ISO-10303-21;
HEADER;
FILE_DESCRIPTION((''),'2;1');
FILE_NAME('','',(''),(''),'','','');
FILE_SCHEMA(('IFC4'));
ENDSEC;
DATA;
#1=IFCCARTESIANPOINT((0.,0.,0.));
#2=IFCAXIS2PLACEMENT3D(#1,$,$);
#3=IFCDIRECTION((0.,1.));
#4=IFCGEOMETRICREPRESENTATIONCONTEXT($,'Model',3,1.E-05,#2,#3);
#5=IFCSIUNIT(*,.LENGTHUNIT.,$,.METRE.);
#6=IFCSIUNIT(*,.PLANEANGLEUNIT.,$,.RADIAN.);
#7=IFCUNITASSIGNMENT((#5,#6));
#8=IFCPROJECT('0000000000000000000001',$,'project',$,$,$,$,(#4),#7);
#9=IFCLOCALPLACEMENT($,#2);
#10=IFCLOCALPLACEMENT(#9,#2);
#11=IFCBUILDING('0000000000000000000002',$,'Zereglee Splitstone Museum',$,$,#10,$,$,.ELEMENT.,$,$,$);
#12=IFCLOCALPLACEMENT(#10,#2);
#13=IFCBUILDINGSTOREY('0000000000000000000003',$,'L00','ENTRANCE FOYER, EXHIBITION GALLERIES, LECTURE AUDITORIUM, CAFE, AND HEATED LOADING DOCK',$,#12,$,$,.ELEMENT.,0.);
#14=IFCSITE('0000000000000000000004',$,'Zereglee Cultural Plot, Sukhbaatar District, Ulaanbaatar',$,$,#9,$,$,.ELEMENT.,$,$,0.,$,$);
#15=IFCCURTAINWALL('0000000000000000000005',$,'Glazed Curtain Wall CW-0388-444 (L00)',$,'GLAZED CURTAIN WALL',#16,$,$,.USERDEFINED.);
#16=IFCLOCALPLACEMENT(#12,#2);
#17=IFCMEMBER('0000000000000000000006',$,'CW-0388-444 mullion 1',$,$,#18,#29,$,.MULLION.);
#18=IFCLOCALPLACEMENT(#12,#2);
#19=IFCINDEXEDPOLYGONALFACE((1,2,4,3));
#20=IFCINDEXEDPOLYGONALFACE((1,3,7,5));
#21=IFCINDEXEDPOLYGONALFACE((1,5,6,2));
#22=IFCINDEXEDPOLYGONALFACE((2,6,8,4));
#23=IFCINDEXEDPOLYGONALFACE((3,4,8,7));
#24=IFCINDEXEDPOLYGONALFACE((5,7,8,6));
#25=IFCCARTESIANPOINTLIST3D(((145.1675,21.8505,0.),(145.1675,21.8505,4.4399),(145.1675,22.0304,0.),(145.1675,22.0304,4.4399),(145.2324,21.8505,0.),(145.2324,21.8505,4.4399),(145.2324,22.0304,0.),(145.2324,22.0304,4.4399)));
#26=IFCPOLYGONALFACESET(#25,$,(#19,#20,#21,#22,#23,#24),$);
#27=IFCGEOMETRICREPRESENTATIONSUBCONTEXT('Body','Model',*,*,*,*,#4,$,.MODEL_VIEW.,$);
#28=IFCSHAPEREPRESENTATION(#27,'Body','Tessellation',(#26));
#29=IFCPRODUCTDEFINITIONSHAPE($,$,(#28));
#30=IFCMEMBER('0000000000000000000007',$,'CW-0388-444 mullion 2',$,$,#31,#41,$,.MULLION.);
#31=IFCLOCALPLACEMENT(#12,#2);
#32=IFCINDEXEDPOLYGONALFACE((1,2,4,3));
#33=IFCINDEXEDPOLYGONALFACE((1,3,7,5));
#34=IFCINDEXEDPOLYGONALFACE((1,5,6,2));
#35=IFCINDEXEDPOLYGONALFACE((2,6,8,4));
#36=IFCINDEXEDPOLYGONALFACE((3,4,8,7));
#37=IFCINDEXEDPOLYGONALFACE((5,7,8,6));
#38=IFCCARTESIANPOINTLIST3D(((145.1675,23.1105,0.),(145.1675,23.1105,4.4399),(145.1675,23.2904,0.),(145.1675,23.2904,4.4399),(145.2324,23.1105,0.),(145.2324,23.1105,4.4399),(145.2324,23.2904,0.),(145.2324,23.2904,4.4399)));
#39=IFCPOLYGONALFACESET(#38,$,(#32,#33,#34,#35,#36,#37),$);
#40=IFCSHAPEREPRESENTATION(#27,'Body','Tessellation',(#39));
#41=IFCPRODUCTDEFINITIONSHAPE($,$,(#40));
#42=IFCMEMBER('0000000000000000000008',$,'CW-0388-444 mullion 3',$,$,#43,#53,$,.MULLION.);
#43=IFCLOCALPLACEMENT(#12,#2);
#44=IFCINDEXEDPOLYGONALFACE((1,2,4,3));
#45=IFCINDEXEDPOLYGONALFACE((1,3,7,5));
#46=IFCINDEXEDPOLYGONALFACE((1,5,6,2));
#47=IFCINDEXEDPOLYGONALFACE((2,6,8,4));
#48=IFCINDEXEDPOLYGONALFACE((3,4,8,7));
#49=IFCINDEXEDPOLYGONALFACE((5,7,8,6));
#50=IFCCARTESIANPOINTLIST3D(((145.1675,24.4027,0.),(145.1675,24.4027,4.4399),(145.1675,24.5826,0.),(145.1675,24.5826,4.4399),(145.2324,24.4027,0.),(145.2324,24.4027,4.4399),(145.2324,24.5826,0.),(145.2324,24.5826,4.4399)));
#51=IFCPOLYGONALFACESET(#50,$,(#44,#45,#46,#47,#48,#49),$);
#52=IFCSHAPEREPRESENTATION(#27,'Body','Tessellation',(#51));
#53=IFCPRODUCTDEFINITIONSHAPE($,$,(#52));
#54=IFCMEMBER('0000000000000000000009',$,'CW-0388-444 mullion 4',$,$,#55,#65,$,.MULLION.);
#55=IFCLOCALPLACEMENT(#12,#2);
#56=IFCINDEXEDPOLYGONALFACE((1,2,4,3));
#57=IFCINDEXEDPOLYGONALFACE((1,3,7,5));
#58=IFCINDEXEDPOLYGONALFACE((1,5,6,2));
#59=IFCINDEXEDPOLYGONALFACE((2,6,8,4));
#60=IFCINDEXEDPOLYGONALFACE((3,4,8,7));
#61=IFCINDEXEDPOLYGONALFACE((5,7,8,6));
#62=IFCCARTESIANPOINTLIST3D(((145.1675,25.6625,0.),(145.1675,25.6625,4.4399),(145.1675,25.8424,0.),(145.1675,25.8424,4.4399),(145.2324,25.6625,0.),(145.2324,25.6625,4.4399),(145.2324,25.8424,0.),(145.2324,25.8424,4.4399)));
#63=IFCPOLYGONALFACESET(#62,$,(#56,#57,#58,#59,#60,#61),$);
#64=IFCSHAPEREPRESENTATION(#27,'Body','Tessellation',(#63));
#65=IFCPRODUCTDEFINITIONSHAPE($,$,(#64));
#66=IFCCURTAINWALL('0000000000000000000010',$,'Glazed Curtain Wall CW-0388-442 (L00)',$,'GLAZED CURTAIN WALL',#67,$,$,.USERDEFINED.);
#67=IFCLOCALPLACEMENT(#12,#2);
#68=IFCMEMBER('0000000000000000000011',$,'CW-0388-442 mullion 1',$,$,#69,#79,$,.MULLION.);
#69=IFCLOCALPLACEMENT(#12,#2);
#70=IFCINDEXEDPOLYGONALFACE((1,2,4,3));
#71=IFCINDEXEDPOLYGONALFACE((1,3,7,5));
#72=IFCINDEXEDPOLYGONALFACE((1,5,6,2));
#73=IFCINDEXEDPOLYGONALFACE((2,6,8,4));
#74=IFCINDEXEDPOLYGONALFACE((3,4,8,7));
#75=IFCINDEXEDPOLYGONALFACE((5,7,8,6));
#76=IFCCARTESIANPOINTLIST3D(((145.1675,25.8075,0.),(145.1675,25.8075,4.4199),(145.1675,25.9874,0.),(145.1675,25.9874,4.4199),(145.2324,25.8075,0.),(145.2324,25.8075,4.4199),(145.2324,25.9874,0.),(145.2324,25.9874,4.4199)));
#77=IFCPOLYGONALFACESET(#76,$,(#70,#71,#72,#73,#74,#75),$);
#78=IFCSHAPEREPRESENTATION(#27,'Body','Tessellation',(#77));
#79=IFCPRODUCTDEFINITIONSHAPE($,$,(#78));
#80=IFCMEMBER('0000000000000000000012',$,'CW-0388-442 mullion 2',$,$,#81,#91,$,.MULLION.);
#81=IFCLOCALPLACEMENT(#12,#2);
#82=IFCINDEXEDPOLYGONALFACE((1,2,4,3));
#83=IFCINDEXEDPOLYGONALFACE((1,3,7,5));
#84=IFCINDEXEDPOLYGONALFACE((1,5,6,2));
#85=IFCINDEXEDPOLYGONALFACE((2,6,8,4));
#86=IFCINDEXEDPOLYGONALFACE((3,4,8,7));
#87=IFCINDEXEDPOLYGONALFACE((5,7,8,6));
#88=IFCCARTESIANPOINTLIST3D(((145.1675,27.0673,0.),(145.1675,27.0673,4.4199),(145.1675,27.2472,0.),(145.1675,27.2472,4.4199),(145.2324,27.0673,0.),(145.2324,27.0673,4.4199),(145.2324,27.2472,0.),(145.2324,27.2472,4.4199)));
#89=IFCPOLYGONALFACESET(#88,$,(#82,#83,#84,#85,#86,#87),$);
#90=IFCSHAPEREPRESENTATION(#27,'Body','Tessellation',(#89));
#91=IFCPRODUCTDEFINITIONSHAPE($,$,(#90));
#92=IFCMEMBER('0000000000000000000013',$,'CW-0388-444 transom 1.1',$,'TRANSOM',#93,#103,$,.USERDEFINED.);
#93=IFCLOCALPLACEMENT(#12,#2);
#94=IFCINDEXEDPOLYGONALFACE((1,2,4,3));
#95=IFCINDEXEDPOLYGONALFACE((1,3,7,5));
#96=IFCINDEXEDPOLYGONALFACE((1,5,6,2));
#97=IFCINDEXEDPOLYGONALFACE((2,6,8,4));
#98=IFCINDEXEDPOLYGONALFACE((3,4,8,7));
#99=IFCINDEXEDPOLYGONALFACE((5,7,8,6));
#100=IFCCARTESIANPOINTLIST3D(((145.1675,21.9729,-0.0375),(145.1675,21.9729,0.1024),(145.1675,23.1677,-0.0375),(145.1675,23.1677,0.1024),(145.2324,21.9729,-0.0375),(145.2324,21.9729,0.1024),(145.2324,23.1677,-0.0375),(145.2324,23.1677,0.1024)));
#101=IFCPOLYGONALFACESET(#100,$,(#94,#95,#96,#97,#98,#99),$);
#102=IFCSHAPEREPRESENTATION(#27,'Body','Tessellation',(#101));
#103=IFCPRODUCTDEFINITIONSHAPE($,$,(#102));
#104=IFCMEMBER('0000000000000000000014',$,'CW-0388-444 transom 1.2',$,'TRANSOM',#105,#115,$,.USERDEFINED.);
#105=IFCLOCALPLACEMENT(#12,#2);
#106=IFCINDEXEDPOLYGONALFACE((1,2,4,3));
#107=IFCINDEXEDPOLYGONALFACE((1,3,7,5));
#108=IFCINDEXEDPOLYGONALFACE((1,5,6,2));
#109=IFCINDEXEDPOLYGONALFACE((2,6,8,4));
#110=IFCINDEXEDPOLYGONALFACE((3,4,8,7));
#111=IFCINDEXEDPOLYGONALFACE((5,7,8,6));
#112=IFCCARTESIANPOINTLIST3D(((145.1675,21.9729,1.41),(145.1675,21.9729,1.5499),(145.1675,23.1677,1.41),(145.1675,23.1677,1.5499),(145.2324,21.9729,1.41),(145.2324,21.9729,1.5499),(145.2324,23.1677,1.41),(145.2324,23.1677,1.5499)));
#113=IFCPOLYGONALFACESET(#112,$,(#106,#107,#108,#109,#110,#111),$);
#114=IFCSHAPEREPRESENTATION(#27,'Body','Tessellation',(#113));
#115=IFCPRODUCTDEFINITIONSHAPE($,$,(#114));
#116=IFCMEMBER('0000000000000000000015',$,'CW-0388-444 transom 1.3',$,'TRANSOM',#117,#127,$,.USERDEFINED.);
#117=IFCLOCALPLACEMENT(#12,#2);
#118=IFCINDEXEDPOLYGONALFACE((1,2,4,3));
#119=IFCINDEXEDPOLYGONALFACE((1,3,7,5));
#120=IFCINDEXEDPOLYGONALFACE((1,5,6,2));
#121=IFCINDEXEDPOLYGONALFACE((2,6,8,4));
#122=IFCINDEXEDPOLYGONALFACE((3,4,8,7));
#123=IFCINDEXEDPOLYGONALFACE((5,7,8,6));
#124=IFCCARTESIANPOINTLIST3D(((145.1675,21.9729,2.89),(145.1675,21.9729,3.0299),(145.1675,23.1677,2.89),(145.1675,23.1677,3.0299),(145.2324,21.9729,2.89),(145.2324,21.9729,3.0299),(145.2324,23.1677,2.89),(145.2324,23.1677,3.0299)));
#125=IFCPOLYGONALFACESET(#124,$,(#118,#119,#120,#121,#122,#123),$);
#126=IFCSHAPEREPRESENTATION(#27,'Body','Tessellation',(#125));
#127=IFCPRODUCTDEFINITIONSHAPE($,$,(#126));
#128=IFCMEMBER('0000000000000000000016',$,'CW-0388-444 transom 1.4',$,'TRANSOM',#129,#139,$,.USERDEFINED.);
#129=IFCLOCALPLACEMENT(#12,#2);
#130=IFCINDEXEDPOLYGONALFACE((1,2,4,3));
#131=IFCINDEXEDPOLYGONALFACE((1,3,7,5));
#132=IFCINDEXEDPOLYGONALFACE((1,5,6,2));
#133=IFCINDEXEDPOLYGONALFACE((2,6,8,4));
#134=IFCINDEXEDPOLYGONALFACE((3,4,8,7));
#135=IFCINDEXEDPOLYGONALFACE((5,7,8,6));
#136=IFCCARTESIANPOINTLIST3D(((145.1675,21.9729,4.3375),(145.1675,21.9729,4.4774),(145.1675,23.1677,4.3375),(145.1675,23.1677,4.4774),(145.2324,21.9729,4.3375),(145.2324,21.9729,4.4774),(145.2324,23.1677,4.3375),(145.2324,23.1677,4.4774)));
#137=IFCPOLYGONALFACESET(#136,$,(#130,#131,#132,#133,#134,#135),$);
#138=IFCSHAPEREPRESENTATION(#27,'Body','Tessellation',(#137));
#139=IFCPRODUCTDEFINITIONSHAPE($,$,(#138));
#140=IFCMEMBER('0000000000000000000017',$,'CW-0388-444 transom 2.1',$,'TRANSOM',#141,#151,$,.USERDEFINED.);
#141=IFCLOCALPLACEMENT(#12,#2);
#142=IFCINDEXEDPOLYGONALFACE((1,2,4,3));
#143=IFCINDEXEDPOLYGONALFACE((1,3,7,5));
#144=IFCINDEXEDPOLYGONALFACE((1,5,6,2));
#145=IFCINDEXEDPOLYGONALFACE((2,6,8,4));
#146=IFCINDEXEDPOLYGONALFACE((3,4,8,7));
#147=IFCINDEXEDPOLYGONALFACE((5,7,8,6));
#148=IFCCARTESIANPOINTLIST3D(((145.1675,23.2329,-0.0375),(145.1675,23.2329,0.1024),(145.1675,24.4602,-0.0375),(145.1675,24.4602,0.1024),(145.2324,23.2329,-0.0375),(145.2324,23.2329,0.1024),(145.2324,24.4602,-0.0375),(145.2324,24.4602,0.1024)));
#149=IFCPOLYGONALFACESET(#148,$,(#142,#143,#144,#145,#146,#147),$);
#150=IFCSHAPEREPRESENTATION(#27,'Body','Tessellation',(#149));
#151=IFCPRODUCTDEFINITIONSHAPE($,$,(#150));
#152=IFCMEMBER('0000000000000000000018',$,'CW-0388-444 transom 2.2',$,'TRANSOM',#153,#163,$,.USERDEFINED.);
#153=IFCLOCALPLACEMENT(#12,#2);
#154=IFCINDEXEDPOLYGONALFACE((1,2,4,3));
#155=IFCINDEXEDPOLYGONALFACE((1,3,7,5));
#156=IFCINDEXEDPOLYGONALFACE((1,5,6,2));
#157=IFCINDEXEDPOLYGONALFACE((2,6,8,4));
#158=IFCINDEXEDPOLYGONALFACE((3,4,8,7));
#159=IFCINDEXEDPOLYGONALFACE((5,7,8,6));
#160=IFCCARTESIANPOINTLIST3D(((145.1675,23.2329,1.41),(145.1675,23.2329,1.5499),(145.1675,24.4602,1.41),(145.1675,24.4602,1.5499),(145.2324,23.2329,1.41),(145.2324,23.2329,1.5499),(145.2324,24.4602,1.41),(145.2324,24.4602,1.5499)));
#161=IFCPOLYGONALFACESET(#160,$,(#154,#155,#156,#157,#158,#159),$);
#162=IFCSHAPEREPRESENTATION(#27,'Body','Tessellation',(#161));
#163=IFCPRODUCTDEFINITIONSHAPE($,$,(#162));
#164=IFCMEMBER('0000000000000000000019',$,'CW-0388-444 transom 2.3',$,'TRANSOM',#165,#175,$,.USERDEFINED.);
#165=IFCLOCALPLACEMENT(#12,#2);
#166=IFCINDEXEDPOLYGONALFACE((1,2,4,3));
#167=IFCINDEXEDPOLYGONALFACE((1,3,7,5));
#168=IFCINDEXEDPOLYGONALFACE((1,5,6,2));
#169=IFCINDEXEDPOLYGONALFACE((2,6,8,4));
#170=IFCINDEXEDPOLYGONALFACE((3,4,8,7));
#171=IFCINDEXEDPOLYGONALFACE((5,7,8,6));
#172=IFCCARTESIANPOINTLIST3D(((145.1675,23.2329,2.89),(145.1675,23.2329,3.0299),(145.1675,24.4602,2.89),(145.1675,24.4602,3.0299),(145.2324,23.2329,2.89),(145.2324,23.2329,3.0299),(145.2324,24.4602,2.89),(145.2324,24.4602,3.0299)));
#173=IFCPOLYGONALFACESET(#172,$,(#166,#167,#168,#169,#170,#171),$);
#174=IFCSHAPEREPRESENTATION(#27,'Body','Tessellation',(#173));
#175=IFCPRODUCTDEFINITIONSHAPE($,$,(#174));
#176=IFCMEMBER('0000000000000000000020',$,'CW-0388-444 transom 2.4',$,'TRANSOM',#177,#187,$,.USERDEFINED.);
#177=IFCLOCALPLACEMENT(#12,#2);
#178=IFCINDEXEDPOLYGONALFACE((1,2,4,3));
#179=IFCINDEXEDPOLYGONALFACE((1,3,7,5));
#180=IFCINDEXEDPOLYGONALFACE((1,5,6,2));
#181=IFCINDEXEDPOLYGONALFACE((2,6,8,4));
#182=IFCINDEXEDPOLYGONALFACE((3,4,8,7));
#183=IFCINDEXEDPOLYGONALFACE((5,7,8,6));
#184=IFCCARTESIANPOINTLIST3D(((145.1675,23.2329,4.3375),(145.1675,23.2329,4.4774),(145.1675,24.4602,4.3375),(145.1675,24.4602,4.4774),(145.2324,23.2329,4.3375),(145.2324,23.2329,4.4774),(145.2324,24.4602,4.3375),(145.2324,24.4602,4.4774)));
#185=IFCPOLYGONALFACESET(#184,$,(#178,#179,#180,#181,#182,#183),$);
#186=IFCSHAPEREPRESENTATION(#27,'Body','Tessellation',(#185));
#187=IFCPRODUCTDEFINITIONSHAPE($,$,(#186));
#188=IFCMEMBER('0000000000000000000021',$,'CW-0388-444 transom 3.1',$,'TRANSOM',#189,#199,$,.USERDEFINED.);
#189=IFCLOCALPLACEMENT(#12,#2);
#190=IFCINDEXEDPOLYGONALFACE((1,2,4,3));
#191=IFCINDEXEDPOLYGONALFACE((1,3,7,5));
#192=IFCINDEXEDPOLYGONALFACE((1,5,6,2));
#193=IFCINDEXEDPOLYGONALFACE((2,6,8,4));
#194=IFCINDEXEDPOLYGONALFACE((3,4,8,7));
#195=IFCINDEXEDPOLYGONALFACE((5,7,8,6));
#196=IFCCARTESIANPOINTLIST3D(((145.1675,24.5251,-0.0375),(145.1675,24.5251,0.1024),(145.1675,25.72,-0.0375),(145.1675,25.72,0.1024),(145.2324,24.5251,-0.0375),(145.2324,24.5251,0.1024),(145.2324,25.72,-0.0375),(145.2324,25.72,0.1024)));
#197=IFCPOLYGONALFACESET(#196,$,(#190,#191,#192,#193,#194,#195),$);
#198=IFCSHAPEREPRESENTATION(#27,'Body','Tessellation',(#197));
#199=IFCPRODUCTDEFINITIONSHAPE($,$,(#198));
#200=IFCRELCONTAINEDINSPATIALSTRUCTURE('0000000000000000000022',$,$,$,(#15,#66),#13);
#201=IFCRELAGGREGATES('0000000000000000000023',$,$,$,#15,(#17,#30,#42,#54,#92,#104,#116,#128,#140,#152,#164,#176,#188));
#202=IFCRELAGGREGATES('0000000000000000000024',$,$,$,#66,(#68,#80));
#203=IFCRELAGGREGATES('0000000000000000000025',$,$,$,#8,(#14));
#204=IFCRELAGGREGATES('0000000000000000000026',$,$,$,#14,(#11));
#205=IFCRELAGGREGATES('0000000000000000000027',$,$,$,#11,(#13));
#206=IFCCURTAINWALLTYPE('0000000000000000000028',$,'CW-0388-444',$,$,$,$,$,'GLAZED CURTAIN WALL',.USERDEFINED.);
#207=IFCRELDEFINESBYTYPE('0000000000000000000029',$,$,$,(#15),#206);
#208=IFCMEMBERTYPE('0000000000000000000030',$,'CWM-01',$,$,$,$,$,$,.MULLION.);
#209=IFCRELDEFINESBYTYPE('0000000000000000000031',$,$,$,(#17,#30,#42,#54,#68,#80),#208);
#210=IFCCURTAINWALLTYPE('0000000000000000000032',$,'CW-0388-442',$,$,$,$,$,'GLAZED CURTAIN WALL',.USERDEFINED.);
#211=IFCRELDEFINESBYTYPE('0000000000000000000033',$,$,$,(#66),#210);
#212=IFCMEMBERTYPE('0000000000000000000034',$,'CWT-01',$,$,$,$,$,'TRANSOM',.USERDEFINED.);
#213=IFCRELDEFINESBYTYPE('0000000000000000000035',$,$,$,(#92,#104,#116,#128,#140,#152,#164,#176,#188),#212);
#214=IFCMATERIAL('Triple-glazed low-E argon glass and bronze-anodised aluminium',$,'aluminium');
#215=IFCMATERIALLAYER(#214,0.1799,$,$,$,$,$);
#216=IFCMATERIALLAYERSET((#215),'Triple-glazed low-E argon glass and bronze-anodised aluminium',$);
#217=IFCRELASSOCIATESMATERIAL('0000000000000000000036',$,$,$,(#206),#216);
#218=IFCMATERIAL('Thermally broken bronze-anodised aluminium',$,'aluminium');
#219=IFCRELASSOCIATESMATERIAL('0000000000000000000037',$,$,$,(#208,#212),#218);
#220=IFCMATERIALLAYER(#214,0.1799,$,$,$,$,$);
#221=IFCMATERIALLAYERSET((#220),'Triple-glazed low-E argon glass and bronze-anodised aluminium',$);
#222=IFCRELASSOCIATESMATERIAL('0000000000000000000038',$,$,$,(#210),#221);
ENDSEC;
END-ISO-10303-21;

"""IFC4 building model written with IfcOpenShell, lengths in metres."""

from ifc_helpers import new_model, si_unit, direction, frame, origin, origin_2d, place, context, subcontext, project, spatial, rectangle, extrude, material, layer, layer_set, material_profile, profile_set, type_object, element, aggregate, save


model = new_model("IFC4")

# Units and contexts
model_context = context("Model", 3, precision=1e-05, world=origin(), true_north=direction((0.0, 1.0)))
body_context = subcontext(model_context, "Body", "Model", "MODEL_VIEW")
ifc_project = project(units=[si_unit("LENGTHUNIT", "METRE"), si_unit("PLANEANGLEUNIT", "RADIAN")], contexts=[model_context])

# Site, building, storey
site_placement = place(None, origin())
site = spatial("IfcSite", under=ifc_project, at=site_placement, Name="Zereglee Cultural Plot, Sukhbaatar District, Ulaanbaatar", CompositionType="ELEMENT", RefElevation=0.0)
building_placement = place(site_placement, origin())
building = spatial("IfcBuilding", under=site, at=building_placement, Name="Zereglee Splitstone Museum", CompositionType="ELEMENT")
storey_placement = place(building_placement, origin())
storey = spatial("IfcBuildingStorey", under=building, at=storey_placement, Name="L00", Description="ENTRANCE FOYER, EXHIBITION GALLERIES, LECTURE AUDITORIUM, CAFE, AND HEATED LOADING DOCK", CompositionType="ELEMENT", Elevation=0.0)

# Curtain walls, members
ifc_material_1 = material(Name="Triple-glazed low-E argon glass and bronze-anodised aluminium", Category="aluminium")
ifc_layer_1 = layer(ifc_material_1, 0.1799)
ifc_layer_set_1 = layer_set([ifc_layer_1], Name="Triple-glazed low-E argon glass and bronze-anodised aluminium")
curtain_wall_type_1 = type_object("IfcCurtainWallType", Name="CW-0388-444", ElementType="GLAZED CURTAIN WALL", PredefinedType="USERDEFINED", material=ifc_layer_set_1)
curtain_wall_1_placement = place(storey_placement, origin())
curtain_wall_1 = element("IfcCurtainWall", 1, at=curtain_wall_1_placement, inside=storey, type_object=curtain_wall_type_1, Name="Glazed Curtain Wall CW-0388-444 (L00)", ObjectType="GLAZED CURTAIN WALL", PredefinedType="USERDEFINED")
ifc_material_2 = material(Name="Thermally broken bronze-anodised aluminium", Category="aluminium")
ifc_material_profile_1 = material_profile(ifc_material_2, rectangle(XDim=0.0649, YDim=0.1799, at=origin_2d()), Name="CW MULL 65x180")
ifc_profile_set_1 = profile_set([ifc_material_profile_1], Name="Thermally broken bronze-anodised aluminium")
member_type_1 = type_object("IfcMemberType", Name="CWM-01", PredefinedType="MULLION", material=ifc_profile_set_1)
member_1_placement = place(storey_placement, frame((145.2, 21.9404, 0.0), z_axis=(0.0, 0.0, 1.0), x_axis=(-1.0, 0.0, 0.0)))
member_1 = element("IfcMember", 2, at=member_1_placement, type_object=member_type_1, Name="CW-0388-444 mullion 1", PredefinedType="MULLION", context=body_context, shape_type="SweptSolid", body=[
    extrude(rectangle(XDim=0.0649, YDim=0.1799, at=origin_2d()), origin(), (0.0, 0.0, 1.0), 4.4399),
])
member_2_placement = place(storey_placement, frame((145.2, 23.2004, 0.0), z_axis=(0.0, 0.0, 1.0), x_axis=(-1.0, 0.0, 0.0)))
member_2 = element("IfcMember", 3, at=member_2_placement, type_object=member_type_1, Name="CW-0388-444 mullion 2", PredefinedType="MULLION", context=body_context, shape_type="SweptSolid", body=[
    extrude(rectangle(XDim=0.0649, YDim=0.1799, at=origin_2d()), origin(), (0.0, 0.0, 1.0), 4.4399),
])
member_3_placement = place(storey_placement, frame((145.2, 24.4927, 0.0), z_axis=(0.0, 0.0, 1.0), x_axis=(-1.0, 0.0, 0.0)))
member_3 = element("IfcMember", 4, at=member_3_placement, type_object=member_type_1, Name="CW-0388-444 mullion 3", PredefinedType="MULLION", context=body_context, shape_type="SweptSolid", body=[
    extrude(rectangle(XDim=0.0649, YDim=0.1799, at=origin_2d()), origin(), (0.0, 0.0, 1.0), 4.4399),
])
member_4_placement = place(storey_placement, frame((145.2, 25.7524, 0.0), z_axis=(0.0, 0.0, 1.0), x_axis=(-1.0, 0.0, 0.0)))
member_4 = element("IfcMember", 5, at=member_4_placement, type_object=member_type_1, Name="CW-0388-444 mullion 4", PredefinedType="MULLION", context=body_context, shape_type="SweptSolid", body=[
    extrude(rectangle(XDim=0.0649, YDim=0.1799, at=origin_2d()), origin(), (0.0, 0.0, 1.0), 4.4399),
])
ifc_layer_2 = layer(ifc_material_1, 0.1799)
ifc_layer_set_2 = layer_set([ifc_layer_2], Name="Triple-glazed low-E argon glass and bronze-anodised aluminium")
curtain_wall_type_2 = type_object("IfcCurtainWallType", Name="CW-0388-442", ElementType="GLAZED CURTAIN WALL", PredefinedType="USERDEFINED", material=ifc_layer_set_2)
curtain_wall_2_placement = place(storey_placement, origin())
curtain_wall_2 = element("IfcCurtainWall", 6, at=curtain_wall_2_placement, inside=storey, type_object=curtain_wall_type_2, Name="Glazed Curtain Wall CW-0388-442 (L00)", ObjectType="GLAZED CURTAIN WALL", PredefinedType="USERDEFINED")
member_5_placement = place(storey_placement, frame((145.2, 25.8975, 0.0), z_axis=(0.0, 0.0, 1.0), x_axis=(-1.0, 0.0, 0.0)))
member_5 = element("IfcMember", 7, at=member_5_placement, type_object=member_type_1, Name="CW-0388-442 mullion 1", PredefinedType="MULLION", context=body_context, shape_type="SweptSolid", body=[
    extrude(rectangle(XDim=0.0649, YDim=0.1799, at=origin_2d()), origin(), (0.0, 0.0, 1.0), 4.4199),
])
member_6_placement = place(storey_placement, frame((145.2, 27.1572, 0.0), z_axis=(0.0, 0.0, 1.0), x_axis=(-1.0, 0.0, 0.0)))
member_6 = element("IfcMember", 8, at=member_6_placement, type_object=member_type_1, Name="CW-0388-442 mullion 2", PredefinedType="MULLION", context=body_context, shape_type="SweptSolid", body=[
    extrude(rectangle(XDim=0.0649, YDim=0.1799, at=origin_2d()), origin(), (0.0, 0.0, 1.0), 4.4199),
])

# Members
ifc_material_profile_2 = material_profile(ifc_material_2, rectangle(XDim=0.0649, YDim=0.1399, at=origin_2d()), Name="CW TRAN 65x140")
ifc_profile_set_2 = profile_set([ifc_material_profile_2], Name="Thermally broken bronze-anodised aluminium")
member_type_2 = type_object("IfcMemberType", Name="CWT-01", ElementType="TRANSOM", PredefinedType="USERDEFINED", material=ifc_profile_set_2)
member_7_placement = place(storey_placement, frame((145.2, 21.9729, 0.0325), z_axis=(0.0, 1.0, 0.0), x_axis=(-1.0, 0.0, 0.0)))
member_7 = element("IfcMember", 9, at=member_7_placement, type_object=member_type_2, Name="CW-0388-444 transom 1.1", ObjectType="TRANSOM", PredefinedType="USERDEFINED", context=body_context, shape_type="SweptSolid", body=[
    extrude(rectangle(XDim=0.0649, YDim=0.1399, at=origin_2d()), origin(), (0.0, 0.0, 1.0), 1.1948),
])
member_8_placement = place(storey_placement, frame((145.2, 21.9729, 1.48), z_axis=(0.0, 1.0, 0.0), x_axis=(-1.0, 0.0, 0.0)))
member_8 = element("IfcMember", 10, at=member_8_placement, type_object=member_type_2, Name="CW-0388-444 transom 1.2", ObjectType="TRANSOM", PredefinedType="USERDEFINED", context=body_context, shape_type="SweptSolid", body=[
    extrude(rectangle(XDim=0.0649, YDim=0.1399, at=origin_2d()), origin(), (0.0, 0.0, 1.0), 1.1948),
])
member_9_placement = place(storey_placement, frame((145.2, 21.9729, 2.96), z_axis=(0.0, 1.0, 0.0), x_axis=(-1.0, 0.0, 0.0)))
member_9 = element("IfcMember", 11, at=member_9_placement, type_object=member_type_2, Name="CW-0388-444 transom 1.3", ObjectType="TRANSOM", PredefinedType="USERDEFINED", context=body_context, shape_type="SweptSolid", body=[
    extrude(rectangle(XDim=0.0649, YDim=0.1399, at=origin_2d()), origin(), (0.0, 0.0, 1.0), 1.1948),
])
member_10_placement = place(storey_placement, frame((145.2, 21.9729, 4.4075), z_axis=(0.0, 1.0, 0.0), x_axis=(-1.0, 0.0, 0.0)))
member_10 = element("IfcMember", 12, at=member_10_placement, type_object=member_type_2, Name="CW-0388-444 transom 1.4", ObjectType="TRANSOM", PredefinedType="USERDEFINED", context=body_context, shape_type="SweptSolid", body=[
    extrude(rectangle(XDim=0.0649, YDim=0.1399, at=origin_2d()), origin(), (0.0, 0.0, 1.0), 1.1948),
])
member_11_placement = place(storey_placement, frame((145.2, 23.2329, 0.0325), z_axis=(0.0, 1.0, 0.0), x_axis=(-1.0, 0.0, 0.0)))
member_11 = element("IfcMember", 13, at=member_11_placement, type_object=member_type_2, Name="CW-0388-444 transom 2.1", ObjectType="TRANSOM", PredefinedType="USERDEFINED", context=body_context, shape_type="SweptSolid", body=[
    extrude(rectangle(XDim=0.0649, YDim=0.1399, at=origin_2d()), origin(), (0.0, 0.0, 1.0), 1.2273),
])
member_12_placement = place(storey_placement, frame((145.2, 23.2329, 1.48), z_axis=(0.0, 1.0, 0.0), x_axis=(-1.0, 0.0, 0.0)))
member_12 = element("IfcMember", 14, at=member_12_placement, type_object=member_type_2, Name="CW-0388-444 transom 2.2", ObjectType="TRANSOM", PredefinedType="USERDEFINED", context=body_context, shape_type="SweptSolid", body=[
    extrude(rectangle(XDim=0.0649, YDim=0.1399, at=origin_2d()), origin(), (0.0, 0.0, 1.0), 1.2273),
])
member_13_placement = place(storey_placement, frame((145.2, 23.2329, 2.96), z_axis=(0.0, 1.0, 0.0), x_axis=(-1.0, 0.0, 0.0)))
member_13 = element("IfcMember", 15, at=member_13_placement, type_object=member_type_2, Name="CW-0388-444 transom 2.3", ObjectType="TRANSOM", PredefinedType="USERDEFINED", context=body_context, shape_type="SweptSolid", body=[
    extrude(rectangle(XDim=0.0649, YDim=0.1399, at=origin_2d()), origin(), (0.0, 0.0, 1.0), 1.2273),
])
member_14_placement = place(storey_placement, frame((145.2, 23.2329, 4.4075), z_axis=(0.0, 1.0, 0.0), x_axis=(-1.0, 0.0, 0.0)))
member_14 = element("IfcMember", 16, at=member_14_placement, type_object=member_type_2, Name="CW-0388-444 transom 2.4", ObjectType="TRANSOM", PredefinedType="USERDEFINED", context=body_context, shape_type="SweptSolid", body=[
    extrude(rectangle(XDim=0.0649, YDim=0.1399, at=origin_2d()), origin(), (0.0, 0.0, 1.0), 1.2273),
])
member_15_placement = place(storey_placement, frame((145.2, 24.5251, 0.0325), z_axis=(0.0, 1.0, 0.0), x_axis=(-1.0, 0.0, 0.0)))
member_15 = element("IfcMember", 17, at=member_15_placement, type_object=member_type_2, Name="CW-0388-444 transom 3.1", ObjectType="TRANSOM", PredefinedType="USERDEFINED", context=body_context, shape_type="SweptSolid", body=[
    extrude(rectangle(XDim=0.0649, YDim=0.1399, at=origin_2d()), origin(), (0.0, 0.0, 1.0), 1.1948),
])

aggregate(curtain_wall_1, [member_1, member_2, member_3, member_4, member_7, member_8, member_9, member_10, member_11, member_12, member_13, member_14, member_15])
aggregate(curtain_wall_2, [member_5, member_6])

save(model, "model.ifc")
